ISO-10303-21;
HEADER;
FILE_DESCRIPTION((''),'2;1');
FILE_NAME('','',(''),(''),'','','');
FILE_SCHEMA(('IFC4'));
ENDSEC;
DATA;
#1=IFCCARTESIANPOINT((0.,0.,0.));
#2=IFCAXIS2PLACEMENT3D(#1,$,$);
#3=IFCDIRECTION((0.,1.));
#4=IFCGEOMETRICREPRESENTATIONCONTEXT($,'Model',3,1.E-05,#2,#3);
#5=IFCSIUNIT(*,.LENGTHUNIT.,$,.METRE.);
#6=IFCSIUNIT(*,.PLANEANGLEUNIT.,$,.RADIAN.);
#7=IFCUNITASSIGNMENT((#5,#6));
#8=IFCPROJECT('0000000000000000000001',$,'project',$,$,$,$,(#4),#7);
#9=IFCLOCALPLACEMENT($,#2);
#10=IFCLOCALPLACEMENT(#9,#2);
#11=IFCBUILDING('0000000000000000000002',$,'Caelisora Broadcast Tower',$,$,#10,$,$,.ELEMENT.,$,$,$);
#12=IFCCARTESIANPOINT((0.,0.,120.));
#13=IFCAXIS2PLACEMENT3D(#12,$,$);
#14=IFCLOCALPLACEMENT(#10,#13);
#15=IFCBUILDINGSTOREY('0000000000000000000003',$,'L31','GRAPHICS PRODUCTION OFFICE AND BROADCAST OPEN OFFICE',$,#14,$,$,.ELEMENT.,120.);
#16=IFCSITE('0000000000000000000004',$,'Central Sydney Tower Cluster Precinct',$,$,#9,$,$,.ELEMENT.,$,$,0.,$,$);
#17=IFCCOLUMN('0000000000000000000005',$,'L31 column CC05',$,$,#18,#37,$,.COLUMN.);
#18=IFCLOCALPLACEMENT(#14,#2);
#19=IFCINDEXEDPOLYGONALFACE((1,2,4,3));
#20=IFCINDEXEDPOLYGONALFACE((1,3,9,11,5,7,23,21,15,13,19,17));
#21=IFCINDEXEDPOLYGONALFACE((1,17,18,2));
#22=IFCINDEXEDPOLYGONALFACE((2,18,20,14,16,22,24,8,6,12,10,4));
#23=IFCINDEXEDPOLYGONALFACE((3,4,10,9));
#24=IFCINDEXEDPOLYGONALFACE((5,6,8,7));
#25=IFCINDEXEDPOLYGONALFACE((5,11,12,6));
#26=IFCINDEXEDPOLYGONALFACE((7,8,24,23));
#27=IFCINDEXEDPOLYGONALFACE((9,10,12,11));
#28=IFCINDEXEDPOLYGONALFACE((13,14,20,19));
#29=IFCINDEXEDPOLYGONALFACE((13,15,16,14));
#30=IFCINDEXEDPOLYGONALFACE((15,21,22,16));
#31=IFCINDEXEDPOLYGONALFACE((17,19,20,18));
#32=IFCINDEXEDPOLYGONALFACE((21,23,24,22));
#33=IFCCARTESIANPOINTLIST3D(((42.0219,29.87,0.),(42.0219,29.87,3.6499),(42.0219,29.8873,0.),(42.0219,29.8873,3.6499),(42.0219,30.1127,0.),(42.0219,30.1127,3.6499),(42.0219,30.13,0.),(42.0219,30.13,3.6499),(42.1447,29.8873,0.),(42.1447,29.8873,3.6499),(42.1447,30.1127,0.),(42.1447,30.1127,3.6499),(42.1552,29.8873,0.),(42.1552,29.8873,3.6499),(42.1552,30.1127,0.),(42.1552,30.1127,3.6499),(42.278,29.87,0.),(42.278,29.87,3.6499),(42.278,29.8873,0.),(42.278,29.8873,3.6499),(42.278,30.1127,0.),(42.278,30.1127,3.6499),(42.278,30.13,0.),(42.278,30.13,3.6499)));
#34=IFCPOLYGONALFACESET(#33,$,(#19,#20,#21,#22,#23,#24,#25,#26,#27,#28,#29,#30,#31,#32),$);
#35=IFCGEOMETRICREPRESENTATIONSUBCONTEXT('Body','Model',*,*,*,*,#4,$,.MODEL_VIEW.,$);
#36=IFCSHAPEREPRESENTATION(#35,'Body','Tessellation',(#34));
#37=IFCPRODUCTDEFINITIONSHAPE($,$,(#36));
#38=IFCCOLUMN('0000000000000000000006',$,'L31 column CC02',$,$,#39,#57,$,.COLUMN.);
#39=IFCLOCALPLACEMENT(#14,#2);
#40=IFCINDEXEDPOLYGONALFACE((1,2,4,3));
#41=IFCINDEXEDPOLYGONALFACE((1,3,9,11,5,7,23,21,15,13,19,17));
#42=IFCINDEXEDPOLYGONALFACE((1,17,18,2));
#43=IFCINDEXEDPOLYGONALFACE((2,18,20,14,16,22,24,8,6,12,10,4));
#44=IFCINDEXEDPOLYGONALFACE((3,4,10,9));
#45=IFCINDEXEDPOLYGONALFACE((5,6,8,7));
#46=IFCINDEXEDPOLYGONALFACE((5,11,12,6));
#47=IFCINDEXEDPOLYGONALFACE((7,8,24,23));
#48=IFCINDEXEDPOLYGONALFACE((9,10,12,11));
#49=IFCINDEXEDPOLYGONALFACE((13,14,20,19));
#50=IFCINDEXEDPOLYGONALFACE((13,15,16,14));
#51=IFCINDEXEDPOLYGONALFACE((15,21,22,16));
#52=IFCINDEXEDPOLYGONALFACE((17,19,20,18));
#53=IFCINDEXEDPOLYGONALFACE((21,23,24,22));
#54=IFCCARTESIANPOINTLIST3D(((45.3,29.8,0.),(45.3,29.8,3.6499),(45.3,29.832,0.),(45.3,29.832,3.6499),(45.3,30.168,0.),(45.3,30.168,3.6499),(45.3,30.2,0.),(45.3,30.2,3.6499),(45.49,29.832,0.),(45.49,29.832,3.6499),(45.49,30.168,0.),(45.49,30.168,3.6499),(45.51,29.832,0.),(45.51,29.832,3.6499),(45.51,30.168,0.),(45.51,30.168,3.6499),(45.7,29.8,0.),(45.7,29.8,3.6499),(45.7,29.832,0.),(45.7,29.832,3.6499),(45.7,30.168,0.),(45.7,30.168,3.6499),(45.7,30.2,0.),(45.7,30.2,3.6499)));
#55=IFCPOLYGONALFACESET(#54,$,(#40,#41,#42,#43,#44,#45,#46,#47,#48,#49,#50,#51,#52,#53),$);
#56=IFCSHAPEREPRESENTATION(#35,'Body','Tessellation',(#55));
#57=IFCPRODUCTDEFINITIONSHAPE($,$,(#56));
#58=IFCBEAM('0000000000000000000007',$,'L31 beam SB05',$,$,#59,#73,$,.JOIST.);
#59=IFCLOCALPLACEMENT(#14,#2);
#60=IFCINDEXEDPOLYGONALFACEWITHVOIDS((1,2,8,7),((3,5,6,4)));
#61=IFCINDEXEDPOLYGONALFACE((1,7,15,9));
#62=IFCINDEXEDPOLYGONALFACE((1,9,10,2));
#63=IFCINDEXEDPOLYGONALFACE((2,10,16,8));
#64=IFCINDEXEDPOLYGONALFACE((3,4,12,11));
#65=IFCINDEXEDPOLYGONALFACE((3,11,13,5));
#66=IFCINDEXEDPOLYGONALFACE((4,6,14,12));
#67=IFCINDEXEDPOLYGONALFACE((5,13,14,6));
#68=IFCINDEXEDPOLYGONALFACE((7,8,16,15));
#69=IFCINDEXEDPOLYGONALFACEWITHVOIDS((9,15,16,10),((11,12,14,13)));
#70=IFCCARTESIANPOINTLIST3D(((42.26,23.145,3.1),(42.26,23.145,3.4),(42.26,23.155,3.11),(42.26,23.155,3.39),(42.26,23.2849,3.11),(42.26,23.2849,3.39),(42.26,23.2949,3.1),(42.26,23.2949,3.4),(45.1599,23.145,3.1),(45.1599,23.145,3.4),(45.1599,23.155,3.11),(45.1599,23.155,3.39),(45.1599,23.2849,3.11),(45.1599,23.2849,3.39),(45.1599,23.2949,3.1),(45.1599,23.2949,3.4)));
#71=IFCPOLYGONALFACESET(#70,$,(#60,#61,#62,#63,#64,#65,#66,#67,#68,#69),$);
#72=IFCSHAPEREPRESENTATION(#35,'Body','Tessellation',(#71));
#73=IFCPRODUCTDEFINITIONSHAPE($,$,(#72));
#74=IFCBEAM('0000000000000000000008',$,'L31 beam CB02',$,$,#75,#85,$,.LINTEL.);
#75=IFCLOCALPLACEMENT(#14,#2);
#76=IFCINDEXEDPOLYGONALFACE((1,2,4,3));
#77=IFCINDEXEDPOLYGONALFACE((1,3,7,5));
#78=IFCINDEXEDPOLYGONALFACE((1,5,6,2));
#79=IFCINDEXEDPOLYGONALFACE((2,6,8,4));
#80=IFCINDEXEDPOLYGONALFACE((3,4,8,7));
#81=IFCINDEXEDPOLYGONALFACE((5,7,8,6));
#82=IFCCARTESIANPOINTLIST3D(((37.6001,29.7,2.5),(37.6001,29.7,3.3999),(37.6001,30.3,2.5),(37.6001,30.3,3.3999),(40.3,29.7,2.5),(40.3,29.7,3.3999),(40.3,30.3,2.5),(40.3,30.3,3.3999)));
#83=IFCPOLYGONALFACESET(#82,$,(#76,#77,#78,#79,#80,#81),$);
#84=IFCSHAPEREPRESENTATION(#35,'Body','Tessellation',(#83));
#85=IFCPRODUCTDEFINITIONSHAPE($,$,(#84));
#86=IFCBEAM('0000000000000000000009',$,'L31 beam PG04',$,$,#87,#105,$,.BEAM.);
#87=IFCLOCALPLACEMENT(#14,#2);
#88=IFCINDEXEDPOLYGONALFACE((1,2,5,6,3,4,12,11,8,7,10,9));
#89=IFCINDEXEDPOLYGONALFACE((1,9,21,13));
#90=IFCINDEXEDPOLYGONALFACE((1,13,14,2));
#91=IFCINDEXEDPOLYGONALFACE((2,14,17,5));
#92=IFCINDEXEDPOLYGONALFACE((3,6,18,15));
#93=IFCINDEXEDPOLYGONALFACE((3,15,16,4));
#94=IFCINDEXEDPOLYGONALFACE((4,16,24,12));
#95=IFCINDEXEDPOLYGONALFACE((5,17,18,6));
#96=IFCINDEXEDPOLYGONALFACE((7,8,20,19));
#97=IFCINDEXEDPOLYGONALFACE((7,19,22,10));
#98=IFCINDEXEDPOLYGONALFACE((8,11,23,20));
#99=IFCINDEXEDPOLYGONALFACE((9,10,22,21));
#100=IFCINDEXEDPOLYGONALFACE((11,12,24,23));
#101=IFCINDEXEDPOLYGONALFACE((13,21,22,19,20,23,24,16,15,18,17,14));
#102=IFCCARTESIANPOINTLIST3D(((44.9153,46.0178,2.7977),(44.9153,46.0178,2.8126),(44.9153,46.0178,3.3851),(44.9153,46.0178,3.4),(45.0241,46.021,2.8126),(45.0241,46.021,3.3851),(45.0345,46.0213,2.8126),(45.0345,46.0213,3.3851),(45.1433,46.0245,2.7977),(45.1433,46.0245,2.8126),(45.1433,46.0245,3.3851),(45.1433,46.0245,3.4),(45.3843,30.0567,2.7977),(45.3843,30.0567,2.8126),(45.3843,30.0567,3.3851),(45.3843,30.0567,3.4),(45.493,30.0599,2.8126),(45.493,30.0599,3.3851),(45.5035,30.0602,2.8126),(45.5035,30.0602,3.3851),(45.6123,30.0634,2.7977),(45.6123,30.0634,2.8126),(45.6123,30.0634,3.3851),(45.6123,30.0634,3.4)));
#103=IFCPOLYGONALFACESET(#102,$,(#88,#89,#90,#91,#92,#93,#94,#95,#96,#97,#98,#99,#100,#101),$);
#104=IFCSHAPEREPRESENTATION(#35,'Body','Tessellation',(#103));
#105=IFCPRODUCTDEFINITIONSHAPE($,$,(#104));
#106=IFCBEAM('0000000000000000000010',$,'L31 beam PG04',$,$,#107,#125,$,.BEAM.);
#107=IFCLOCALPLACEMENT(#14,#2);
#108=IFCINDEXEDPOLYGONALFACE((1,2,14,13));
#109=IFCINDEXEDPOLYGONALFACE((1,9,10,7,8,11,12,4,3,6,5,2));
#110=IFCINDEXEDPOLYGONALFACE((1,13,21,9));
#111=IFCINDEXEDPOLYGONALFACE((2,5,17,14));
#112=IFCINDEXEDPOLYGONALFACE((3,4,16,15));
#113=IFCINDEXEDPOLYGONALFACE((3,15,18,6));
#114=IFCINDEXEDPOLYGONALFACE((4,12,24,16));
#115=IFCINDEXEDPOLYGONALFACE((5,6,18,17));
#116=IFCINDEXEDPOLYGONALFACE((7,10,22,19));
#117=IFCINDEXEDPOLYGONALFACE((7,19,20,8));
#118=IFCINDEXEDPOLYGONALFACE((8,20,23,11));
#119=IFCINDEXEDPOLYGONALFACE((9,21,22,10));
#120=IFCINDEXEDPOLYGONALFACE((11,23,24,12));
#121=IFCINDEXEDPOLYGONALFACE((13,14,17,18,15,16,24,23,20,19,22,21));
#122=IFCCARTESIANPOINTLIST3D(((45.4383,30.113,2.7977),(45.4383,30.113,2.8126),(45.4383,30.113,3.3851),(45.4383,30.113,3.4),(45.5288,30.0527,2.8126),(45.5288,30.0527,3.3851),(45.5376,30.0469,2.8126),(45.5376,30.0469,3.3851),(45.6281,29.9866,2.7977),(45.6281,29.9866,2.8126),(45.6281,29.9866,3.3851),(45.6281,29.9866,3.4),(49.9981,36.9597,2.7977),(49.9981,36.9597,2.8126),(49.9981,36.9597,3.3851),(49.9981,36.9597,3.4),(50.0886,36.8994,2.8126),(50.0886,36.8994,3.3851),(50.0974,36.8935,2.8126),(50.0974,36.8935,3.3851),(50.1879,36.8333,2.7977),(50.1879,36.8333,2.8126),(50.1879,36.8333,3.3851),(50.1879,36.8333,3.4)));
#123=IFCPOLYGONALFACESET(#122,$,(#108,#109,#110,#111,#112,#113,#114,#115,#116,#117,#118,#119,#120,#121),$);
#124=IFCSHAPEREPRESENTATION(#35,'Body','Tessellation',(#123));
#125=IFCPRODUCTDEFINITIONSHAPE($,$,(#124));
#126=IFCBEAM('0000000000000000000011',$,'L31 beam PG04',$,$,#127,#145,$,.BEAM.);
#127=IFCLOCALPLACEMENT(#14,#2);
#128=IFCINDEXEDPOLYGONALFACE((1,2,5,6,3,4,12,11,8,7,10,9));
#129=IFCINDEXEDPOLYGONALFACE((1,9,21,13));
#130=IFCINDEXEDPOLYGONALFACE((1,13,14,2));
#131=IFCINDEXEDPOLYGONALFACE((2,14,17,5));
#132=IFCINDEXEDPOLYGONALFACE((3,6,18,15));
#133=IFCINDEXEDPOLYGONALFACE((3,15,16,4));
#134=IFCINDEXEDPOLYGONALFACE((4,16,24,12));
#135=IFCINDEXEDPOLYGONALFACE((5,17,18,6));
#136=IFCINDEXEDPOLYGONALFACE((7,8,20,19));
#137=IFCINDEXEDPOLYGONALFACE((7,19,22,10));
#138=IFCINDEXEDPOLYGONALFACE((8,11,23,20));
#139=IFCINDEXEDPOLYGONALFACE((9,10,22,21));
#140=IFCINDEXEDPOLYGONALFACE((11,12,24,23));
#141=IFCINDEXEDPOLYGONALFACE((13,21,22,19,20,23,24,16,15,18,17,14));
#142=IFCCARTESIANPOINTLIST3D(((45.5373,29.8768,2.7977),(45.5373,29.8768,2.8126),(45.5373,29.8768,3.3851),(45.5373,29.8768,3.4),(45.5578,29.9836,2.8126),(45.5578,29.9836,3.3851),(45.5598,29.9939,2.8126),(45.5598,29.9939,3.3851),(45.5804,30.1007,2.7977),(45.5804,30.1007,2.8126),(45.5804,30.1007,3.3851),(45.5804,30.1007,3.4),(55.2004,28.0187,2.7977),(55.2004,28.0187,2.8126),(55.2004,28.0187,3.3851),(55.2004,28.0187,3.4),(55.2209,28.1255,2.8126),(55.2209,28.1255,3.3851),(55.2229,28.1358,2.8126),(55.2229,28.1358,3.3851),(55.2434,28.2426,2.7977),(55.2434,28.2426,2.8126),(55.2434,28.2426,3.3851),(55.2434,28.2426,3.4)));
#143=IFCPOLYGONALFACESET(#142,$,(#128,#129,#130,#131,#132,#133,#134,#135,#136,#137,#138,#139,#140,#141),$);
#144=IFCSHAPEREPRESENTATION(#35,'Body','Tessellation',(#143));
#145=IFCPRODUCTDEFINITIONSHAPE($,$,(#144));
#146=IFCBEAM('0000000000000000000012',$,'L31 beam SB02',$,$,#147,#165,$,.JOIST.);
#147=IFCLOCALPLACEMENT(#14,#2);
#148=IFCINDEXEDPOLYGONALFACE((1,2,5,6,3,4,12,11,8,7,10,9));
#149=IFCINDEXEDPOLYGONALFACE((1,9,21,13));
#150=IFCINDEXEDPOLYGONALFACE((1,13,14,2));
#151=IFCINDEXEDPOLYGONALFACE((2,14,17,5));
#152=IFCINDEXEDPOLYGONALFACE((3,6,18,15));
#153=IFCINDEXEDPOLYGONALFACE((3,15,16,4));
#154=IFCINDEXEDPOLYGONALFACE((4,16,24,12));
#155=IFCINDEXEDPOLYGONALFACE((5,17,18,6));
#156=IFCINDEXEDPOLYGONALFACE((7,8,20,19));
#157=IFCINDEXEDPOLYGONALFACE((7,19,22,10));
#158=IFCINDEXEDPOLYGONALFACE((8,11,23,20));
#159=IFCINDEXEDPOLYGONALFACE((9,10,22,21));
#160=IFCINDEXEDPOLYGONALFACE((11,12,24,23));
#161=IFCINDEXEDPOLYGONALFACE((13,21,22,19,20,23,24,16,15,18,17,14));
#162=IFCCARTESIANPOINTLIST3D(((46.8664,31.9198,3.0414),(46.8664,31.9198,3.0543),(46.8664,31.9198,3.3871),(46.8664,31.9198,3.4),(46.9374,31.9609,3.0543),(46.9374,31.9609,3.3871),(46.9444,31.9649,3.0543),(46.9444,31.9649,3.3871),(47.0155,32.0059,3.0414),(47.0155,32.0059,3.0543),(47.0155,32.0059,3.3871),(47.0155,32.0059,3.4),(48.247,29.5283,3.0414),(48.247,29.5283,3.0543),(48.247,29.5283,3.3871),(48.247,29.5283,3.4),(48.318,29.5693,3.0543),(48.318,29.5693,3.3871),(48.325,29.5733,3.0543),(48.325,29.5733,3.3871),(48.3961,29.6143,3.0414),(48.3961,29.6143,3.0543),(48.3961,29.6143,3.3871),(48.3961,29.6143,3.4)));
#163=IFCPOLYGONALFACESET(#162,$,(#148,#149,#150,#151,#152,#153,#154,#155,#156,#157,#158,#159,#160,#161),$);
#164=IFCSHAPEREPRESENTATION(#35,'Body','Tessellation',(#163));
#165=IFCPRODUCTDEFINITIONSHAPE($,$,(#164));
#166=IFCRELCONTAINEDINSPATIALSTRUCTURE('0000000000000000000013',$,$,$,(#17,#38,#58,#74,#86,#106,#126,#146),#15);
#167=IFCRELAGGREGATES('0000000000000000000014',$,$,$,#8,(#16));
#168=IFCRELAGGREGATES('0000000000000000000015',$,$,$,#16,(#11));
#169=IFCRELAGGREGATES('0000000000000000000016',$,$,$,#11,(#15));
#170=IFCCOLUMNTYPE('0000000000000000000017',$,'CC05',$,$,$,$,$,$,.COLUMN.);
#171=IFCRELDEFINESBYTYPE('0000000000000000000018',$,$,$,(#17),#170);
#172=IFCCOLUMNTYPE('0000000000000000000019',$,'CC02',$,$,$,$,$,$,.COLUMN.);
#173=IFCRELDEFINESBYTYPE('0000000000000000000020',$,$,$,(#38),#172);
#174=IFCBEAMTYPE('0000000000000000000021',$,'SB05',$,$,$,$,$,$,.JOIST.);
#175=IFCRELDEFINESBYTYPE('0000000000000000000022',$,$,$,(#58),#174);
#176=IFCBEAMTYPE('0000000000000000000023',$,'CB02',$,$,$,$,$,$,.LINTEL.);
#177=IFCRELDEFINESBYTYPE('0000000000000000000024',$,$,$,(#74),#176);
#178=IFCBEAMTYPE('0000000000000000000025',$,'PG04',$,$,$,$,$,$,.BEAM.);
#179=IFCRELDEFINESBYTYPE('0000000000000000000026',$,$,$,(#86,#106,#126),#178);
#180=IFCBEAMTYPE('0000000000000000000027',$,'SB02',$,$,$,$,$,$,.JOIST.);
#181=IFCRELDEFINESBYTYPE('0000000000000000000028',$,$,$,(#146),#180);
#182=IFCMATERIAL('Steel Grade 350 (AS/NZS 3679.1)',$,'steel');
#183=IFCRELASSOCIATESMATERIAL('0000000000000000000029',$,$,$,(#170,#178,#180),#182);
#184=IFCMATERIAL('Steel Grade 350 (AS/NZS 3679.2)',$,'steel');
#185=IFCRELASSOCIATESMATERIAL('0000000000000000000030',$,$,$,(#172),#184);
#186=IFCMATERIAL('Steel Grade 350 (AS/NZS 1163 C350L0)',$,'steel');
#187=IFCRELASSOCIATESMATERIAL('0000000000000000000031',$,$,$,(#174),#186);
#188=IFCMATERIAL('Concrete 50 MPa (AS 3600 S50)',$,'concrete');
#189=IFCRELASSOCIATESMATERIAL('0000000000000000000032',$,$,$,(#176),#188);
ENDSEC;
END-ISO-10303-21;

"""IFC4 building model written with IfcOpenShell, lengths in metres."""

from ifc_helpers import new_model, si_unit, direction, frame, origin, origin_2d, place, context, subcontext, project, spatial, rectangle, hollow_rectangle, i_section, extrude, source, transform, mapped, material, material_profile, profile_set, type_object, type_shapes, element, save


model = new_model("IFC4")

# Units and contexts
model_context = context("Model", 3, precision=1e-05, world=origin(), true_north=direction((0.0, 1.0)))
body_context = subcontext(model_context, "Body", "Model", "MODEL_VIEW")
ifc_project = project(units=[si_unit("LENGTHUNIT", "METRE"), si_unit("PLANEANGLEUNIT", "RADIAN")], contexts=[model_context])

# Site, building, storey
site_placement = place(None, origin())
site = spatial("IfcSite", under=ifc_project, at=site_placement, Name="Central Sydney Tower Cluster Precinct", CompositionType="ELEMENT", RefElevation=0.0)
building_placement = place(site_placement, origin())
building = spatial("IfcBuilding", under=site, at=building_placement, Name="Caelisora Broadcast Tower", CompositionType="ELEMENT")
storey_placement = place(building_placement, frame((0.0, 0.0, 120.0)))
storey = spatial("IfcBuildingStorey", under=building, at=storey_placement, Name="L31", Description="GRAPHICS PRODUCTION OFFICE AND BROADCAST OPEN OFFICE", CompositionType="ELEMENT", Elevation=120.0)

# Columns
ifc_material_1 = material(Name="Steel Grade 350 (AS/NZS 3679.1)", Category="steel")
ifc_material_profile_1 = material_profile(ifc_material_1, i_section(OverallWidth=0.2561, OverallDepth=0.26, WebThickness=0.0105, FlangeThickness=0.0173, at=origin_2d()), Name="Steel Grade 350 (AS/NZS 3679.1)")
ifc_profile_set_1 = profile_set([ifc_material_profile_1], Name="Steel Grade 350 (AS/NZS 3679.1)")
column_type_1 = type_object("IfcColumnType", Name="CC05", PredefinedType="COLUMN", material=ifc_profile_set_1)
shared_shape_1 = source(origin(), body_context, "Body", "SweptSolid", [
    extrude(i_section(OverallWidth=0.2561, OverallDepth=0.26, WebThickness=0.0105, FlangeThickness=0.0173, at=origin_2d()), origin(), (0.0, 0.0, 1.0), 3.6499),
])
type_shapes(column_type_1, [shared_shape_1])
column_1_placement = place(storey_placement, frame((42.1499, 30.0, 0.0), z_axis=(0.0, 0.0, 1.0), x_axis=(1.0, 0.0, 0.0)))
element("IfcColumn", 1, at=column_1_placement, inside=storey, type_object=column_type_1, Name="L31 column CC05", PredefinedType="COLUMN", context=body_context, shape_type="MappedRepresentation", body=[
    mapped(shared_shape_1, transform((0.0, 0.0, 0.0), scale=1.0)),
])
ifc_material_2 = material(Name="Steel Grade 350 (AS/NZS 3679.2)", Category="steel")
ifc_material_profile_2 = material_profile(ifc_material_2, i_section(OverallWidth=0.3999, OverallDepth=0.3999, WebThickness=0.02, FlangeThickness=0.032, at=origin_2d()), Name="Steel Grade 350 (AS/NZS 3679.2)")
ifc_profile_set_2 = profile_set([ifc_material_profile_2], Name="Steel Grade 350 (AS/NZS 3679.2)")
column_type_2 = type_object("IfcColumnType", Name="CC02", PredefinedType="COLUMN", material=ifc_profile_set_2)
shared_shape_2 = source(origin(), body_context, "Body", "SweptSolid", [
    extrude(i_section(OverallWidth=0.3999, OverallDepth=0.3999, WebThickness=0.02, FlangeThickness=0.032, at=origin_2d()), origin(), (0.0, 0.0, 1.0), 3.6499),
])
type_shapes(column_type_2, [shared_shape_2])
column_2_placement = place(storey_placement, frame((45.5, 30.0, 0.0), z_axis=(0.0, 0.0, 1.0), x_axis=(1.0, 0.0, 0.0)))
element("IfcColumn", 2, at=column_2_placement, inside=storey, type_object=column_type_2, Name="L31 column CC02", PredefinedType="COLUMN", context=body_context, shape_type="MappedRepresentation", body=[
    mapped(shared_shape_2, transform((0.0, 0.0, 0.0), scale=1.0)),
])

# Beams
ifc_material_3 = material(Name="Steel Grade 350 (AS/NZS 1163 C350L0)", Category="steel")
ifc_material_profile_3 = material_profile(ifc_material_3, hollow_rectangle(XDim=0.1499, YDim=0.3, WallThickness=0.01, at=origin_2d()), Name="Steel Grade 350 (AS/NZS 1163 C350L0)")
ifc_profile_set_3 = profile_set([ifc_material_profile_3], Name="Steel Grade 350 (AS/NZS 1163 C350L0)")
beam_type_1 = type_object("IfcBeamType", Name="SB05", PredefinedType="JOIST", material=ifc_profile_set_3)
shared_shape_3 = source(origin(), body_context, "Body", "SweptSolid", [
    extrude(hollow_rectangle(XDim=0.1499, YDim=0.3, WallThickness=0.01, at=origin_2d()), origin(), (0.0, 0.0, 1.0), 2.8999),
])
type_shapes(beam_type_1, [shared_shape_3])
beam_1_placement = place(storey_placement, frame((42.26, 23.22, 3.25), z_axis=(1.0, 0.0, 0.0), x_axis=(0.0, 1.0, 0.0)))
element("IfcBeam", 3, at=beam_1_placement, inside=storey, type_object=beam_type_1, Name="L31 beam SB05", PredefinedType="JOIST", context=body_context, shape_type="MappedRepresentation", body=[
    mapped(shared_shape_3, transform((0.0, 0.0, 0.0), scale=1.0)),
])
ifc_material_4 = material(Name="Concrete 50 MPa (AS 3600 S50)", Category="concrete")
ifc_material_profile_4 = material_profile(ifc_material_4, rectangle(XDim=0.6001, YDim=0.8999, at=origin_2d()), Name="Concrete 50 MPa (AS 3600 S50)")
ifc_profile_set_4 = profile_set([ifc_material_profile_4], Name="Concrete 50 MPa (AS 3600 S50)")
beam_type_2 = type_object("IfcBeamType", Name="CB02", PredefinedType="LINTEL", material=ifc_profile_set_4)
shared_shape_4 = source(origin(), body_context, "Body", "SweptSolid", [
    extrude(rectangle(XDim=0.6001, YDim=0.8999, at=origin_2d()), origin(), (0.0, 0.0, 1.0), 2.7),
])
type_shapes(beam_type_2, [shared_shape_4])
beam_2_placement = place(storey_placement, frame((37.6001, 30.0, 2.95), z_axis=(1.0, 0.0, 0.0), x_axis=(0.0, 1.0, 0.0)))
element("IfcBeam", 4, at=beam_2_placement, inside=storey, type_object=beam_type_2, Name="L31 beam CB02", PredefinedType="LINTEL", context=body_context, shape_type="MappedRepresentation", body=[
    mapped(shared_shape_4, transform((0.0, 0.0, 0.0), scale=1.0)),
])
ifc_material_profile_5 = material_profile(ifc_material_1, i_section(OverallWidth=0.228, OverallDepth=0.6023, WebThickness=0.0105, FlangeThickness=0.0149, at=origin_2d()), Name="Steel Grade 350 (AS/NZS 3679.1)")
ifc_profile_set_5 = profile_set([ifc_material_profile_5], Name="Steel Grade 350 (AS/NZS 3679.1)")
beam_type_3 = type_object("IfcBeamType", Name="PG04", PredefinedType="BEAM", material=ifc_profile_set_5)
shared_shape_5 = source(origin(), body_context, "Body", "SweptSolid", [
    extrude(i_section(OverallWidth=0.228, OverallDepth=0.6023, WebThickness=0.0105, FlangeThickness=0.0149, at=origin_2d()), origin(), (0.0, 0.0, 1.0), 15.968),
])
beam_3_placement = place(storey_placement, frame((45.4983, 30.0601, 3.0989), z_axis=(-0.029371, 0.999569, 0.0), x_axis=(-0.999569, -0.029371, 0.0)))
element("IfcBeam", 5, at=beam_3_placement, inside=storey, type_object=beam_type_3, Name="L31 beam PG04", PredefinedType="BEAM", context=body_context, shape_type="MappedRepresentation", body=[
    mapped(shared_shape_5, transform((0.0, 0.0, 0.0), scale=1.0)),
])
shared_shape_6 = source(origin(), body_context, "Body", "SweptSolid", [
    extrude(i_section(OverallWidth=0.228, OverallDepth=0.6023, WebThickness=0.0105, FlangeThickness=0.0149, at=origin_2d()), origin(), (0.0, 0.0, 1.0), 8.2261),
])
beam_4_placement = place(storey_placement, frame((45.5332, 30.0498, 3.0989), z_axis=(0.55431, 0.83231, 0.0), x_axis=(-0.83231, 0.55431, 0.0)))
element("IfcBeam", 6, at=beam_4_placement, inside=storey, type_object=beam_type_3, Name="L31 beam PG04", PredefinedType="BEAM", context=body_context, shape_type="MappedRepresentation", body=[
    mapped(shared_shape_6, transform((0.0, 0.0, 0.0), scale=1.0)),
])
shared_shape_7 = source(origin(), body_context, "Body", "SweptSolid", [
    extrude(i_section(OverallWidth=0.228, OverallDepth=0.6023, WebThickness=0.0105, FlangeThickness=0.0149, at=origin_2d()), origin(), (0.0, 0.0, 1.0), 9.8401),
])
type_shapes(beam_type_3, [shared_shape_5, shared_shape_6, shared_shape_7])
beam_5_placement = place(storey_placement, frame((45.5588, 29.9888, 3.0989), z_axis=(0.982009, -0.188835, 0.0), x_axis=(0.188835, 0.982009, 0.0)))
element("IfcBeam", 7, at=beam_5_placement, inside=storey, type_object=beam_type_3, Name="L31 beam PG04", PredefinedType="BEAM", context=body_context, shape_type="MappedRepresentation", body=[
    mapped(shared_shape_7, transform((0.0, 0.0, 0.0), scale=1.0)),
])
ifc_material_profile_6 = material_profile(ifc_material_1, i_section(OverallWidth=0.1721, OverallDepth=0.3586, WebThickness=0.0081, FlangeThickness=0.0129, at=origin_2d()), Name="Steel Grade 350 (AS/NZS 3679.1)")
ifc_profile_set_6 = profile_set([ifc_material_profile_6], Name="Steel Grade 350 (AS/NZS 3679.1)")
beam_type_4 = type_object("IfcBeamType", Name="SB02", PredefinedType="JOIST", material=ifc_profile_set_6)
shared_shape_8 = source(origin(), body_context, "Body", "SweptSolid", [
    extrude(i_section(OverallWidth=0.1721, OverallDepth=0.3586, WebThickness=0.0081, FlangeThickness=0.0129, at=origin_2d()), origin(), (0.0, 0.0, 1.0), 2.7615),
])
type_shapes(beam_type_4, [shared_shape_8])
beam_6_placement = place(storey_placement, frame((48.3215, 29.5713, 3.2207), z_axis=(-0.499952, 0.866053, 0.0), x_axis=(-0.866053, -0.499952, 0.0)))
element("IfcBeam", 8, at=beam_6_placement, inside=storey, type_object=beam_type_4, Name="L31 beam SB02", PredefinedType="JOIST", context=body_context, shape_type="MappedRepresentation", body=[
    mapped(shared_shape_8, transform((0.0, 0.0, 0.0), scale=1.0)),
])

save(model, "model.ifc")
